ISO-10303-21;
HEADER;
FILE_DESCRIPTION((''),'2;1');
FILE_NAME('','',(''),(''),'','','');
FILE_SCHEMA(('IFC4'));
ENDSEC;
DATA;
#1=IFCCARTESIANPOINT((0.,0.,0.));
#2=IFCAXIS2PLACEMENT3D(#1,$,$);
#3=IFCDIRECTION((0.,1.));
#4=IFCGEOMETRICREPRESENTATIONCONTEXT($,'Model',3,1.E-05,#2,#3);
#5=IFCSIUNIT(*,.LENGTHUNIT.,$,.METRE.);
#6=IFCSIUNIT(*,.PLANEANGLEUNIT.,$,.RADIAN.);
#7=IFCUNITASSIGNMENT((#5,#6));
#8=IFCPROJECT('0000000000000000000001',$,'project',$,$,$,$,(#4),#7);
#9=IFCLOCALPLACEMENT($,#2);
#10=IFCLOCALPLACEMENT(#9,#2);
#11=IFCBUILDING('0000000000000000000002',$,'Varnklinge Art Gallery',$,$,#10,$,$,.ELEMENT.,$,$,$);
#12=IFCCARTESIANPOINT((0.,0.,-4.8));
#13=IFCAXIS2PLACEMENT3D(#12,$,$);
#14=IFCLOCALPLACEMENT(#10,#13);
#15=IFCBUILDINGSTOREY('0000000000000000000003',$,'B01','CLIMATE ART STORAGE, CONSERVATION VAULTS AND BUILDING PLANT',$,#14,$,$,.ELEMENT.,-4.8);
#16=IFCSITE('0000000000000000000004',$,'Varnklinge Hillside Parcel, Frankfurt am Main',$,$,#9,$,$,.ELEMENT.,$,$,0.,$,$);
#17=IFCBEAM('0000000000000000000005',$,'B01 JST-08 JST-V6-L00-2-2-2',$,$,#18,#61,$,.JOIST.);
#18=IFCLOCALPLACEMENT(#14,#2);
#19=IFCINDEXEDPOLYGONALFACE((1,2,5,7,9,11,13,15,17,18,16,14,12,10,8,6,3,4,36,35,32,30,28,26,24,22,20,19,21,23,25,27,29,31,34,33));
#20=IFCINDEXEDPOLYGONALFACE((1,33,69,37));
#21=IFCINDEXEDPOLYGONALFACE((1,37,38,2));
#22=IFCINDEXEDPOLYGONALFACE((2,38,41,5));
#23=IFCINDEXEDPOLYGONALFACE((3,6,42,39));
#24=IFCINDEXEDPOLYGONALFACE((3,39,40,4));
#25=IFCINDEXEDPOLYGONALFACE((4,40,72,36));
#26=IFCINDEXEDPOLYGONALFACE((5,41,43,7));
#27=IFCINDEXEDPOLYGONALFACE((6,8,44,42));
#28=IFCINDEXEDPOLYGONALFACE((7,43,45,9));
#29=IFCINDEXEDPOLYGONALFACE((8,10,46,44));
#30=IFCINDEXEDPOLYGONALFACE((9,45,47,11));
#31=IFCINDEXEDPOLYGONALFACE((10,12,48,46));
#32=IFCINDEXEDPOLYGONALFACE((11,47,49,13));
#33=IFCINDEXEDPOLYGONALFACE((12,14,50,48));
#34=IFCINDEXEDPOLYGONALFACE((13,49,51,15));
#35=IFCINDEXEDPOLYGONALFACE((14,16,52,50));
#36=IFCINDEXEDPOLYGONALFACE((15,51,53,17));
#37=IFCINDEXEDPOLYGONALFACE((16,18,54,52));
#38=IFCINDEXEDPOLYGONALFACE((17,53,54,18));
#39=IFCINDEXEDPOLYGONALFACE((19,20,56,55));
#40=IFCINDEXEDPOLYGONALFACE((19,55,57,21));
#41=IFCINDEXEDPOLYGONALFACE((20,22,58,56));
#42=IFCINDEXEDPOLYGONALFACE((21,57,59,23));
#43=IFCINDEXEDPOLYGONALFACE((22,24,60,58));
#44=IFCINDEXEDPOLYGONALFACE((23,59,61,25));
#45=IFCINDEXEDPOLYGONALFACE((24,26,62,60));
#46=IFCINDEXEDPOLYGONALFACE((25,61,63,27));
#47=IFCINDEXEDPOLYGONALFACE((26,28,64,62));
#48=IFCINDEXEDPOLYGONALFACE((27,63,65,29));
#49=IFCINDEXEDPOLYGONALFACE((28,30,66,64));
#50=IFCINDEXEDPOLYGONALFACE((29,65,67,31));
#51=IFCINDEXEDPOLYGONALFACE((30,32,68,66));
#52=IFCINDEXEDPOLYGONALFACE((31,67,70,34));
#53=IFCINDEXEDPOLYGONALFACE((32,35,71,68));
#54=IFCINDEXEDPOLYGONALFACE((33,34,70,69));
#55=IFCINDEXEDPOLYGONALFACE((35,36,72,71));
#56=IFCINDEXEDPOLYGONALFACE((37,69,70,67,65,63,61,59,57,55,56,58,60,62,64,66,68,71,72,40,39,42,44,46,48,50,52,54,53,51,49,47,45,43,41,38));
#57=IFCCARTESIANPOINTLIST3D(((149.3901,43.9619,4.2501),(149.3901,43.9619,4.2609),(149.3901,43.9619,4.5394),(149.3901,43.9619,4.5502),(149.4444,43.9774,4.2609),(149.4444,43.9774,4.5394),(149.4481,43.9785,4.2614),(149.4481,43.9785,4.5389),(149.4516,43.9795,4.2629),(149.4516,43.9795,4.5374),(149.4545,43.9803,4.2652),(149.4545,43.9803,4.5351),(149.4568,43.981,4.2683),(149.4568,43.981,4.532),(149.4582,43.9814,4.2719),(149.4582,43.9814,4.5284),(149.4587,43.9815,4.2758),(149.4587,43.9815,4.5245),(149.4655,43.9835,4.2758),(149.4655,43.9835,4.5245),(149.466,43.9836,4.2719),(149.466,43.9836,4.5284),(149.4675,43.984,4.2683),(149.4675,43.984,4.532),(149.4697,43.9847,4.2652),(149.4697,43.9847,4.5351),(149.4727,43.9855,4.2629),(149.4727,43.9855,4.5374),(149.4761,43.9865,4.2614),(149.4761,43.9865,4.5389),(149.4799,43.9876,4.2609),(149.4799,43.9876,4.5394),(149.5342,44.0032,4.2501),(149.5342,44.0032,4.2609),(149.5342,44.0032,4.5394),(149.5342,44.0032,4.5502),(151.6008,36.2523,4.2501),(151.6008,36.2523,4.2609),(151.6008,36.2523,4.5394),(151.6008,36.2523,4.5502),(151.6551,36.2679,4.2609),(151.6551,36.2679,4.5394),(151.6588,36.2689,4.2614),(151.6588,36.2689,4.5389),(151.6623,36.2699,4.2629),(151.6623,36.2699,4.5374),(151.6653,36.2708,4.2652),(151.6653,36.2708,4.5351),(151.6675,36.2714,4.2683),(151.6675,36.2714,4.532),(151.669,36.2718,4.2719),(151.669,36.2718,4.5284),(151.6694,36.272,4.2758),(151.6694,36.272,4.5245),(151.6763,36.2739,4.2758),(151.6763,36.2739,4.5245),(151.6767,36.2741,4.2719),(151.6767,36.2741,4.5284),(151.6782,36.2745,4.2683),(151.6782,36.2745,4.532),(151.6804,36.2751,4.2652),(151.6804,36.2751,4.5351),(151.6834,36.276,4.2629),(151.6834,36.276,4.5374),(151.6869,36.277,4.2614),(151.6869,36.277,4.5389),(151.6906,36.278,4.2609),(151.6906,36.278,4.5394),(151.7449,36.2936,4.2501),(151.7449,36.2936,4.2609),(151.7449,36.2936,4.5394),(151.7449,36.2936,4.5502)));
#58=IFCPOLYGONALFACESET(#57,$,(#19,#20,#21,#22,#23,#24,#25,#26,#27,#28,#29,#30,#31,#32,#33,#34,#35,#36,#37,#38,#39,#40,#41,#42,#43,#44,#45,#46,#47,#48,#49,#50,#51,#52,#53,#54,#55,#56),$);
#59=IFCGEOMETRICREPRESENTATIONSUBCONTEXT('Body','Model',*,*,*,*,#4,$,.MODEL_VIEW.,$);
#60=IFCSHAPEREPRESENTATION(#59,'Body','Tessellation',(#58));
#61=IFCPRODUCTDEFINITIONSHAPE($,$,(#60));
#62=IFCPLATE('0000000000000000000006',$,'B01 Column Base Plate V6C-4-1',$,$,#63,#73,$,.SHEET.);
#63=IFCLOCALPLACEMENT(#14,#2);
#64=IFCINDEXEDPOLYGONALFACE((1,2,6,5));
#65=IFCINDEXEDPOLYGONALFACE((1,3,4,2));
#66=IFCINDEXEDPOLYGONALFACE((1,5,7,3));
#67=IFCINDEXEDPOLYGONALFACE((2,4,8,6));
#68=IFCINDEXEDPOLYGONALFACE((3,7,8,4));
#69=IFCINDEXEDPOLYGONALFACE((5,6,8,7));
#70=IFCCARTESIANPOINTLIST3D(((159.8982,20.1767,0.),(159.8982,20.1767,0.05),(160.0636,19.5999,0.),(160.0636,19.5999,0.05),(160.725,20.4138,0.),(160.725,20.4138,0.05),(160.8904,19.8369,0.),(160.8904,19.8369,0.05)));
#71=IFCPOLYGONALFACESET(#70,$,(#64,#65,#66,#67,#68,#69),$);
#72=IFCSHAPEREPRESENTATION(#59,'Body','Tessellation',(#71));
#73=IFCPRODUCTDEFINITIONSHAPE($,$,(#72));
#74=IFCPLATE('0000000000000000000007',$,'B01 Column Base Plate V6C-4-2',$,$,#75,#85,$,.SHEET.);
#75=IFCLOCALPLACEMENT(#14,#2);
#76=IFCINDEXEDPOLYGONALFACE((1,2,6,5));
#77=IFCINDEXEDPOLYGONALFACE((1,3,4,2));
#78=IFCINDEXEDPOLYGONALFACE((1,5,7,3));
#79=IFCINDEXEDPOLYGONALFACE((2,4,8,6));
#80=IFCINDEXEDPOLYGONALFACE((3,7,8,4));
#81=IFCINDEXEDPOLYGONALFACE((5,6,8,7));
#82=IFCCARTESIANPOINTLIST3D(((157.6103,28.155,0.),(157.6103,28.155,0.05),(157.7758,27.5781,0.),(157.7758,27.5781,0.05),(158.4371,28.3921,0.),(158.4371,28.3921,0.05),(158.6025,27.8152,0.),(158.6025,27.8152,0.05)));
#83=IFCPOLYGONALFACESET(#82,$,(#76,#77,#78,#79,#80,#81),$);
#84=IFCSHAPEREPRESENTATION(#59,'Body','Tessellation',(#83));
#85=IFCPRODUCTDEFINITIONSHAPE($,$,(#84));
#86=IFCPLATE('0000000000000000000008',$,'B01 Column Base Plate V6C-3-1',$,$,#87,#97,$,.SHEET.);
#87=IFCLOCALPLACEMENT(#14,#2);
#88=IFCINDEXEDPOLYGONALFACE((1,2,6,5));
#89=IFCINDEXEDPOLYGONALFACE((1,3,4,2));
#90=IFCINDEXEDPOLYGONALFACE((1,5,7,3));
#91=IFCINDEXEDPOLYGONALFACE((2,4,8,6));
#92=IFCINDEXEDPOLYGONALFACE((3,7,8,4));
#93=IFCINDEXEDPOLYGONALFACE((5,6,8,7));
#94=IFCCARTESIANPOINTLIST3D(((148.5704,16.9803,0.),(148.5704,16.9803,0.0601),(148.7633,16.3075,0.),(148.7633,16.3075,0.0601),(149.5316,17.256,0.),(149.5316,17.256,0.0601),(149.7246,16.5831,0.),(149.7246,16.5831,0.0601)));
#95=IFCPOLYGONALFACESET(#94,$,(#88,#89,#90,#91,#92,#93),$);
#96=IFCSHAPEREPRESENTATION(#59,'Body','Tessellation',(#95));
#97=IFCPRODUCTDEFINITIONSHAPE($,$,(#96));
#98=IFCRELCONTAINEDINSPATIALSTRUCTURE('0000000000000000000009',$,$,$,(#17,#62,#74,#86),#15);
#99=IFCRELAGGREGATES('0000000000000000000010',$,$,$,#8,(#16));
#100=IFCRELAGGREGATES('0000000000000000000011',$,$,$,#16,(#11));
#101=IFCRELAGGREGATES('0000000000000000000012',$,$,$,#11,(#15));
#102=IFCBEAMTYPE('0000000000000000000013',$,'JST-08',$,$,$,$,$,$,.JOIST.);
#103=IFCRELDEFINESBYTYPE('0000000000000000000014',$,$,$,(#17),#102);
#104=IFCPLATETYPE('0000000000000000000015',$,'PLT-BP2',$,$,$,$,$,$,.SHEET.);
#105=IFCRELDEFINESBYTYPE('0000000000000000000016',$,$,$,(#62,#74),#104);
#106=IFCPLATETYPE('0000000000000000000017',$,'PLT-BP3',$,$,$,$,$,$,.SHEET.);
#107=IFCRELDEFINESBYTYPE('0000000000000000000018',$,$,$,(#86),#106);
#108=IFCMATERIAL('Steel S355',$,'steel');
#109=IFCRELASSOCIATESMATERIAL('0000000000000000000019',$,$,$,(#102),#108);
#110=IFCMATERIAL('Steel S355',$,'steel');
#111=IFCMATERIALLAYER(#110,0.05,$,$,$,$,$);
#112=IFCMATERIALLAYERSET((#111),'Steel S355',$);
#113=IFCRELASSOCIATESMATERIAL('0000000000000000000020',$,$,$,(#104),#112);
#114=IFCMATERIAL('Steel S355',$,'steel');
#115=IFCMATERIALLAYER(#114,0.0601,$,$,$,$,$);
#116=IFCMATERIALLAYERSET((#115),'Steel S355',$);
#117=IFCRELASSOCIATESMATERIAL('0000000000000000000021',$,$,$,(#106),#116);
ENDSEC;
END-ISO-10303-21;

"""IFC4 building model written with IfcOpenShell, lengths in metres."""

from ifc_helpers import new_model, si_unit, direction, frame, origin, origin_2d, place, context, subcontext, project, spatial, rectangle, i_section, extrude, material, layer, layer_set, material_profile, profile_set, type_object, element, save


model = new_model("IFC4")

# Units and contexts
model_context = context("Model", 3, precision=1e-05, world=origin(), true_north=direction((0.0, 1.0)))
body_context = subcontext(model_context, "Body", "Model", "MODEL_VIEW")
ifc_project = project(units=[si_unit("LENGTHUNIT", "METRE"), si_unit("PLANEANGLEUNIT", "RADIAN")], contexts=[model_context])

# Site, building, storey
site_placement = place(None, origin())
site = spatial("IfcSite", under=ifc_project, at=site_placement, Name="Varnklinge Hillside Parcel, Frankfurt am Main", CompositionType="ELEMENT", RefElevation=0.0)
building_placement = place(site_placement, origin())
building = spatial("IfcBuilding", under=site, at=building_placement, Name="Varnklinge Art Gallery", CompositionType="ELEMENT")
storey_placement = place(building_placement, frame((0.0, 0.0, -4.8)))
storey = spatial("IfcBuildingStorey", under=building, at=storey_placement, Name="B01", Description="CLIMATE ART STORAGE, CONSERVATION VAULTS AND BUILDING PLANT", CompositionType="ELEMENT", Elevation=-4.8)

# Beam
ifc_material_1 = material(Name="Steel S355", Category="steel")
ifc_material_profile_1 = material_profile(ifc_material_1, i_section(OverallWidth=0.1499, OverallDepth=0.3, WebThickness=0.0071, FlangeThickness=0.0107, FilletRadius=0.0149, at=origin_2d()), Name="IPE 300")
ifc_profile_set_1 = profile_set([ifc_material_profile_1], Name="Steel S355")
beam_type_1 = type_object("IfcBeamType", Name="JST-08", PredefinedType="JOIST", material=ifc_profile_set_1)
beam_1_placement = place(storey_placement, frame((151.6729, 36.2729, 4.4001), z_axis=(-0.275642, 0.96126, 0.0), x_axis=(-0.96126, -0.275642, 0.0)))
element("IfcBeam", 1, at=beam_1_placement, inside=storey, type_object=beam_type_1, Name="B01 JST-08 JST-V6-L00-2-2-2", PredefinedType="JOIST", context=body_context, shape_type="SweptSolid", body=[
    extrude(i_section(OverallWidth=0.1499, OverallDepth=0.3, WebThickness=0.0071, FlangeThickness=0.0107, FilletRadius=0.0149, at=origin_2d()), origin(), (0.0, 0.0, 1.0), 8.0203),
])

# Plates
ifc_material_2 = material(Name="Steel S355", Category="steel")
ifc_layer_1 = layer(ifc_material_2, 0.05)
ifc_layer_set_1 = layer_set([ifc_layer_1], Name="Steel S355")
plate_type_1 = type_object("IfcPlateType", Name="PLT-BP2", PredefinedType="SHEET", material=ifc_layer_set_1)
for number, where, z_axis, x_axis, name in (
    (2, (160.3943, 20.0068, 0.0), (0.0, 0.0, 1.0), (0.961262, 0.275637, 0.0), "B01 Column Base Plate V6C-4-1"),
    (3, (158.1064, 27.9851, 0.0), (0.0, 0.0, 1.0), (0.961262, 0.275637, 0.0), "B01 Column Base Plate V6C-4-2"),
):
    element("IfcPlate", number, at=place(storey_placement, frame(where, z_axis=z_axis, x_axis=x_axis)), inside=storey, type_object=plate_type_1, Name=name, PredefinedType="SHEET", context=body_context, shape_type="SweptSolid", body=[
        extrude(rectangle(XDim=0.8601, YDim=0.6001, at=origin_2d()), origin(), (0.0, 0.0, 1.0), 0.05),
    ])
ifc_material_3 = material(Name="Steel S355", Category="steel")
ifc_layer_2 = layer(ifc_material_3, 0.0601)
ifc_layer_set_2 = layer_set([ifc_layer_2], Name="Steel S355")
plate_type_2 = type_object("IfcPlateType", Name="PLT-BP3", PredefinedType="SHEET", material=ifc_layer_set_2)
plate_placement = place(storey_placement, frame((149.1475, 16.7817, 0.0), z_axis=(0.0, 0.0, 1.0), x_axis=(0.961262, 0.275637, 0.0)))
element("IfcPlate", 4, at=plate_placement, inside=storey, type_object=plate_type_2, Name="B01 Column Base Plate V6C-3-1", PredefinedType="SHEET", context=body_context, shape_type="SweptSolid", body=[
    extrude(rectangle(XDim=1.0, YDim=0.7, at=origin_2d()), origin(), (0.0, 0.0, 1.0), 0.0601),
])

save(model, "model.ifc")
